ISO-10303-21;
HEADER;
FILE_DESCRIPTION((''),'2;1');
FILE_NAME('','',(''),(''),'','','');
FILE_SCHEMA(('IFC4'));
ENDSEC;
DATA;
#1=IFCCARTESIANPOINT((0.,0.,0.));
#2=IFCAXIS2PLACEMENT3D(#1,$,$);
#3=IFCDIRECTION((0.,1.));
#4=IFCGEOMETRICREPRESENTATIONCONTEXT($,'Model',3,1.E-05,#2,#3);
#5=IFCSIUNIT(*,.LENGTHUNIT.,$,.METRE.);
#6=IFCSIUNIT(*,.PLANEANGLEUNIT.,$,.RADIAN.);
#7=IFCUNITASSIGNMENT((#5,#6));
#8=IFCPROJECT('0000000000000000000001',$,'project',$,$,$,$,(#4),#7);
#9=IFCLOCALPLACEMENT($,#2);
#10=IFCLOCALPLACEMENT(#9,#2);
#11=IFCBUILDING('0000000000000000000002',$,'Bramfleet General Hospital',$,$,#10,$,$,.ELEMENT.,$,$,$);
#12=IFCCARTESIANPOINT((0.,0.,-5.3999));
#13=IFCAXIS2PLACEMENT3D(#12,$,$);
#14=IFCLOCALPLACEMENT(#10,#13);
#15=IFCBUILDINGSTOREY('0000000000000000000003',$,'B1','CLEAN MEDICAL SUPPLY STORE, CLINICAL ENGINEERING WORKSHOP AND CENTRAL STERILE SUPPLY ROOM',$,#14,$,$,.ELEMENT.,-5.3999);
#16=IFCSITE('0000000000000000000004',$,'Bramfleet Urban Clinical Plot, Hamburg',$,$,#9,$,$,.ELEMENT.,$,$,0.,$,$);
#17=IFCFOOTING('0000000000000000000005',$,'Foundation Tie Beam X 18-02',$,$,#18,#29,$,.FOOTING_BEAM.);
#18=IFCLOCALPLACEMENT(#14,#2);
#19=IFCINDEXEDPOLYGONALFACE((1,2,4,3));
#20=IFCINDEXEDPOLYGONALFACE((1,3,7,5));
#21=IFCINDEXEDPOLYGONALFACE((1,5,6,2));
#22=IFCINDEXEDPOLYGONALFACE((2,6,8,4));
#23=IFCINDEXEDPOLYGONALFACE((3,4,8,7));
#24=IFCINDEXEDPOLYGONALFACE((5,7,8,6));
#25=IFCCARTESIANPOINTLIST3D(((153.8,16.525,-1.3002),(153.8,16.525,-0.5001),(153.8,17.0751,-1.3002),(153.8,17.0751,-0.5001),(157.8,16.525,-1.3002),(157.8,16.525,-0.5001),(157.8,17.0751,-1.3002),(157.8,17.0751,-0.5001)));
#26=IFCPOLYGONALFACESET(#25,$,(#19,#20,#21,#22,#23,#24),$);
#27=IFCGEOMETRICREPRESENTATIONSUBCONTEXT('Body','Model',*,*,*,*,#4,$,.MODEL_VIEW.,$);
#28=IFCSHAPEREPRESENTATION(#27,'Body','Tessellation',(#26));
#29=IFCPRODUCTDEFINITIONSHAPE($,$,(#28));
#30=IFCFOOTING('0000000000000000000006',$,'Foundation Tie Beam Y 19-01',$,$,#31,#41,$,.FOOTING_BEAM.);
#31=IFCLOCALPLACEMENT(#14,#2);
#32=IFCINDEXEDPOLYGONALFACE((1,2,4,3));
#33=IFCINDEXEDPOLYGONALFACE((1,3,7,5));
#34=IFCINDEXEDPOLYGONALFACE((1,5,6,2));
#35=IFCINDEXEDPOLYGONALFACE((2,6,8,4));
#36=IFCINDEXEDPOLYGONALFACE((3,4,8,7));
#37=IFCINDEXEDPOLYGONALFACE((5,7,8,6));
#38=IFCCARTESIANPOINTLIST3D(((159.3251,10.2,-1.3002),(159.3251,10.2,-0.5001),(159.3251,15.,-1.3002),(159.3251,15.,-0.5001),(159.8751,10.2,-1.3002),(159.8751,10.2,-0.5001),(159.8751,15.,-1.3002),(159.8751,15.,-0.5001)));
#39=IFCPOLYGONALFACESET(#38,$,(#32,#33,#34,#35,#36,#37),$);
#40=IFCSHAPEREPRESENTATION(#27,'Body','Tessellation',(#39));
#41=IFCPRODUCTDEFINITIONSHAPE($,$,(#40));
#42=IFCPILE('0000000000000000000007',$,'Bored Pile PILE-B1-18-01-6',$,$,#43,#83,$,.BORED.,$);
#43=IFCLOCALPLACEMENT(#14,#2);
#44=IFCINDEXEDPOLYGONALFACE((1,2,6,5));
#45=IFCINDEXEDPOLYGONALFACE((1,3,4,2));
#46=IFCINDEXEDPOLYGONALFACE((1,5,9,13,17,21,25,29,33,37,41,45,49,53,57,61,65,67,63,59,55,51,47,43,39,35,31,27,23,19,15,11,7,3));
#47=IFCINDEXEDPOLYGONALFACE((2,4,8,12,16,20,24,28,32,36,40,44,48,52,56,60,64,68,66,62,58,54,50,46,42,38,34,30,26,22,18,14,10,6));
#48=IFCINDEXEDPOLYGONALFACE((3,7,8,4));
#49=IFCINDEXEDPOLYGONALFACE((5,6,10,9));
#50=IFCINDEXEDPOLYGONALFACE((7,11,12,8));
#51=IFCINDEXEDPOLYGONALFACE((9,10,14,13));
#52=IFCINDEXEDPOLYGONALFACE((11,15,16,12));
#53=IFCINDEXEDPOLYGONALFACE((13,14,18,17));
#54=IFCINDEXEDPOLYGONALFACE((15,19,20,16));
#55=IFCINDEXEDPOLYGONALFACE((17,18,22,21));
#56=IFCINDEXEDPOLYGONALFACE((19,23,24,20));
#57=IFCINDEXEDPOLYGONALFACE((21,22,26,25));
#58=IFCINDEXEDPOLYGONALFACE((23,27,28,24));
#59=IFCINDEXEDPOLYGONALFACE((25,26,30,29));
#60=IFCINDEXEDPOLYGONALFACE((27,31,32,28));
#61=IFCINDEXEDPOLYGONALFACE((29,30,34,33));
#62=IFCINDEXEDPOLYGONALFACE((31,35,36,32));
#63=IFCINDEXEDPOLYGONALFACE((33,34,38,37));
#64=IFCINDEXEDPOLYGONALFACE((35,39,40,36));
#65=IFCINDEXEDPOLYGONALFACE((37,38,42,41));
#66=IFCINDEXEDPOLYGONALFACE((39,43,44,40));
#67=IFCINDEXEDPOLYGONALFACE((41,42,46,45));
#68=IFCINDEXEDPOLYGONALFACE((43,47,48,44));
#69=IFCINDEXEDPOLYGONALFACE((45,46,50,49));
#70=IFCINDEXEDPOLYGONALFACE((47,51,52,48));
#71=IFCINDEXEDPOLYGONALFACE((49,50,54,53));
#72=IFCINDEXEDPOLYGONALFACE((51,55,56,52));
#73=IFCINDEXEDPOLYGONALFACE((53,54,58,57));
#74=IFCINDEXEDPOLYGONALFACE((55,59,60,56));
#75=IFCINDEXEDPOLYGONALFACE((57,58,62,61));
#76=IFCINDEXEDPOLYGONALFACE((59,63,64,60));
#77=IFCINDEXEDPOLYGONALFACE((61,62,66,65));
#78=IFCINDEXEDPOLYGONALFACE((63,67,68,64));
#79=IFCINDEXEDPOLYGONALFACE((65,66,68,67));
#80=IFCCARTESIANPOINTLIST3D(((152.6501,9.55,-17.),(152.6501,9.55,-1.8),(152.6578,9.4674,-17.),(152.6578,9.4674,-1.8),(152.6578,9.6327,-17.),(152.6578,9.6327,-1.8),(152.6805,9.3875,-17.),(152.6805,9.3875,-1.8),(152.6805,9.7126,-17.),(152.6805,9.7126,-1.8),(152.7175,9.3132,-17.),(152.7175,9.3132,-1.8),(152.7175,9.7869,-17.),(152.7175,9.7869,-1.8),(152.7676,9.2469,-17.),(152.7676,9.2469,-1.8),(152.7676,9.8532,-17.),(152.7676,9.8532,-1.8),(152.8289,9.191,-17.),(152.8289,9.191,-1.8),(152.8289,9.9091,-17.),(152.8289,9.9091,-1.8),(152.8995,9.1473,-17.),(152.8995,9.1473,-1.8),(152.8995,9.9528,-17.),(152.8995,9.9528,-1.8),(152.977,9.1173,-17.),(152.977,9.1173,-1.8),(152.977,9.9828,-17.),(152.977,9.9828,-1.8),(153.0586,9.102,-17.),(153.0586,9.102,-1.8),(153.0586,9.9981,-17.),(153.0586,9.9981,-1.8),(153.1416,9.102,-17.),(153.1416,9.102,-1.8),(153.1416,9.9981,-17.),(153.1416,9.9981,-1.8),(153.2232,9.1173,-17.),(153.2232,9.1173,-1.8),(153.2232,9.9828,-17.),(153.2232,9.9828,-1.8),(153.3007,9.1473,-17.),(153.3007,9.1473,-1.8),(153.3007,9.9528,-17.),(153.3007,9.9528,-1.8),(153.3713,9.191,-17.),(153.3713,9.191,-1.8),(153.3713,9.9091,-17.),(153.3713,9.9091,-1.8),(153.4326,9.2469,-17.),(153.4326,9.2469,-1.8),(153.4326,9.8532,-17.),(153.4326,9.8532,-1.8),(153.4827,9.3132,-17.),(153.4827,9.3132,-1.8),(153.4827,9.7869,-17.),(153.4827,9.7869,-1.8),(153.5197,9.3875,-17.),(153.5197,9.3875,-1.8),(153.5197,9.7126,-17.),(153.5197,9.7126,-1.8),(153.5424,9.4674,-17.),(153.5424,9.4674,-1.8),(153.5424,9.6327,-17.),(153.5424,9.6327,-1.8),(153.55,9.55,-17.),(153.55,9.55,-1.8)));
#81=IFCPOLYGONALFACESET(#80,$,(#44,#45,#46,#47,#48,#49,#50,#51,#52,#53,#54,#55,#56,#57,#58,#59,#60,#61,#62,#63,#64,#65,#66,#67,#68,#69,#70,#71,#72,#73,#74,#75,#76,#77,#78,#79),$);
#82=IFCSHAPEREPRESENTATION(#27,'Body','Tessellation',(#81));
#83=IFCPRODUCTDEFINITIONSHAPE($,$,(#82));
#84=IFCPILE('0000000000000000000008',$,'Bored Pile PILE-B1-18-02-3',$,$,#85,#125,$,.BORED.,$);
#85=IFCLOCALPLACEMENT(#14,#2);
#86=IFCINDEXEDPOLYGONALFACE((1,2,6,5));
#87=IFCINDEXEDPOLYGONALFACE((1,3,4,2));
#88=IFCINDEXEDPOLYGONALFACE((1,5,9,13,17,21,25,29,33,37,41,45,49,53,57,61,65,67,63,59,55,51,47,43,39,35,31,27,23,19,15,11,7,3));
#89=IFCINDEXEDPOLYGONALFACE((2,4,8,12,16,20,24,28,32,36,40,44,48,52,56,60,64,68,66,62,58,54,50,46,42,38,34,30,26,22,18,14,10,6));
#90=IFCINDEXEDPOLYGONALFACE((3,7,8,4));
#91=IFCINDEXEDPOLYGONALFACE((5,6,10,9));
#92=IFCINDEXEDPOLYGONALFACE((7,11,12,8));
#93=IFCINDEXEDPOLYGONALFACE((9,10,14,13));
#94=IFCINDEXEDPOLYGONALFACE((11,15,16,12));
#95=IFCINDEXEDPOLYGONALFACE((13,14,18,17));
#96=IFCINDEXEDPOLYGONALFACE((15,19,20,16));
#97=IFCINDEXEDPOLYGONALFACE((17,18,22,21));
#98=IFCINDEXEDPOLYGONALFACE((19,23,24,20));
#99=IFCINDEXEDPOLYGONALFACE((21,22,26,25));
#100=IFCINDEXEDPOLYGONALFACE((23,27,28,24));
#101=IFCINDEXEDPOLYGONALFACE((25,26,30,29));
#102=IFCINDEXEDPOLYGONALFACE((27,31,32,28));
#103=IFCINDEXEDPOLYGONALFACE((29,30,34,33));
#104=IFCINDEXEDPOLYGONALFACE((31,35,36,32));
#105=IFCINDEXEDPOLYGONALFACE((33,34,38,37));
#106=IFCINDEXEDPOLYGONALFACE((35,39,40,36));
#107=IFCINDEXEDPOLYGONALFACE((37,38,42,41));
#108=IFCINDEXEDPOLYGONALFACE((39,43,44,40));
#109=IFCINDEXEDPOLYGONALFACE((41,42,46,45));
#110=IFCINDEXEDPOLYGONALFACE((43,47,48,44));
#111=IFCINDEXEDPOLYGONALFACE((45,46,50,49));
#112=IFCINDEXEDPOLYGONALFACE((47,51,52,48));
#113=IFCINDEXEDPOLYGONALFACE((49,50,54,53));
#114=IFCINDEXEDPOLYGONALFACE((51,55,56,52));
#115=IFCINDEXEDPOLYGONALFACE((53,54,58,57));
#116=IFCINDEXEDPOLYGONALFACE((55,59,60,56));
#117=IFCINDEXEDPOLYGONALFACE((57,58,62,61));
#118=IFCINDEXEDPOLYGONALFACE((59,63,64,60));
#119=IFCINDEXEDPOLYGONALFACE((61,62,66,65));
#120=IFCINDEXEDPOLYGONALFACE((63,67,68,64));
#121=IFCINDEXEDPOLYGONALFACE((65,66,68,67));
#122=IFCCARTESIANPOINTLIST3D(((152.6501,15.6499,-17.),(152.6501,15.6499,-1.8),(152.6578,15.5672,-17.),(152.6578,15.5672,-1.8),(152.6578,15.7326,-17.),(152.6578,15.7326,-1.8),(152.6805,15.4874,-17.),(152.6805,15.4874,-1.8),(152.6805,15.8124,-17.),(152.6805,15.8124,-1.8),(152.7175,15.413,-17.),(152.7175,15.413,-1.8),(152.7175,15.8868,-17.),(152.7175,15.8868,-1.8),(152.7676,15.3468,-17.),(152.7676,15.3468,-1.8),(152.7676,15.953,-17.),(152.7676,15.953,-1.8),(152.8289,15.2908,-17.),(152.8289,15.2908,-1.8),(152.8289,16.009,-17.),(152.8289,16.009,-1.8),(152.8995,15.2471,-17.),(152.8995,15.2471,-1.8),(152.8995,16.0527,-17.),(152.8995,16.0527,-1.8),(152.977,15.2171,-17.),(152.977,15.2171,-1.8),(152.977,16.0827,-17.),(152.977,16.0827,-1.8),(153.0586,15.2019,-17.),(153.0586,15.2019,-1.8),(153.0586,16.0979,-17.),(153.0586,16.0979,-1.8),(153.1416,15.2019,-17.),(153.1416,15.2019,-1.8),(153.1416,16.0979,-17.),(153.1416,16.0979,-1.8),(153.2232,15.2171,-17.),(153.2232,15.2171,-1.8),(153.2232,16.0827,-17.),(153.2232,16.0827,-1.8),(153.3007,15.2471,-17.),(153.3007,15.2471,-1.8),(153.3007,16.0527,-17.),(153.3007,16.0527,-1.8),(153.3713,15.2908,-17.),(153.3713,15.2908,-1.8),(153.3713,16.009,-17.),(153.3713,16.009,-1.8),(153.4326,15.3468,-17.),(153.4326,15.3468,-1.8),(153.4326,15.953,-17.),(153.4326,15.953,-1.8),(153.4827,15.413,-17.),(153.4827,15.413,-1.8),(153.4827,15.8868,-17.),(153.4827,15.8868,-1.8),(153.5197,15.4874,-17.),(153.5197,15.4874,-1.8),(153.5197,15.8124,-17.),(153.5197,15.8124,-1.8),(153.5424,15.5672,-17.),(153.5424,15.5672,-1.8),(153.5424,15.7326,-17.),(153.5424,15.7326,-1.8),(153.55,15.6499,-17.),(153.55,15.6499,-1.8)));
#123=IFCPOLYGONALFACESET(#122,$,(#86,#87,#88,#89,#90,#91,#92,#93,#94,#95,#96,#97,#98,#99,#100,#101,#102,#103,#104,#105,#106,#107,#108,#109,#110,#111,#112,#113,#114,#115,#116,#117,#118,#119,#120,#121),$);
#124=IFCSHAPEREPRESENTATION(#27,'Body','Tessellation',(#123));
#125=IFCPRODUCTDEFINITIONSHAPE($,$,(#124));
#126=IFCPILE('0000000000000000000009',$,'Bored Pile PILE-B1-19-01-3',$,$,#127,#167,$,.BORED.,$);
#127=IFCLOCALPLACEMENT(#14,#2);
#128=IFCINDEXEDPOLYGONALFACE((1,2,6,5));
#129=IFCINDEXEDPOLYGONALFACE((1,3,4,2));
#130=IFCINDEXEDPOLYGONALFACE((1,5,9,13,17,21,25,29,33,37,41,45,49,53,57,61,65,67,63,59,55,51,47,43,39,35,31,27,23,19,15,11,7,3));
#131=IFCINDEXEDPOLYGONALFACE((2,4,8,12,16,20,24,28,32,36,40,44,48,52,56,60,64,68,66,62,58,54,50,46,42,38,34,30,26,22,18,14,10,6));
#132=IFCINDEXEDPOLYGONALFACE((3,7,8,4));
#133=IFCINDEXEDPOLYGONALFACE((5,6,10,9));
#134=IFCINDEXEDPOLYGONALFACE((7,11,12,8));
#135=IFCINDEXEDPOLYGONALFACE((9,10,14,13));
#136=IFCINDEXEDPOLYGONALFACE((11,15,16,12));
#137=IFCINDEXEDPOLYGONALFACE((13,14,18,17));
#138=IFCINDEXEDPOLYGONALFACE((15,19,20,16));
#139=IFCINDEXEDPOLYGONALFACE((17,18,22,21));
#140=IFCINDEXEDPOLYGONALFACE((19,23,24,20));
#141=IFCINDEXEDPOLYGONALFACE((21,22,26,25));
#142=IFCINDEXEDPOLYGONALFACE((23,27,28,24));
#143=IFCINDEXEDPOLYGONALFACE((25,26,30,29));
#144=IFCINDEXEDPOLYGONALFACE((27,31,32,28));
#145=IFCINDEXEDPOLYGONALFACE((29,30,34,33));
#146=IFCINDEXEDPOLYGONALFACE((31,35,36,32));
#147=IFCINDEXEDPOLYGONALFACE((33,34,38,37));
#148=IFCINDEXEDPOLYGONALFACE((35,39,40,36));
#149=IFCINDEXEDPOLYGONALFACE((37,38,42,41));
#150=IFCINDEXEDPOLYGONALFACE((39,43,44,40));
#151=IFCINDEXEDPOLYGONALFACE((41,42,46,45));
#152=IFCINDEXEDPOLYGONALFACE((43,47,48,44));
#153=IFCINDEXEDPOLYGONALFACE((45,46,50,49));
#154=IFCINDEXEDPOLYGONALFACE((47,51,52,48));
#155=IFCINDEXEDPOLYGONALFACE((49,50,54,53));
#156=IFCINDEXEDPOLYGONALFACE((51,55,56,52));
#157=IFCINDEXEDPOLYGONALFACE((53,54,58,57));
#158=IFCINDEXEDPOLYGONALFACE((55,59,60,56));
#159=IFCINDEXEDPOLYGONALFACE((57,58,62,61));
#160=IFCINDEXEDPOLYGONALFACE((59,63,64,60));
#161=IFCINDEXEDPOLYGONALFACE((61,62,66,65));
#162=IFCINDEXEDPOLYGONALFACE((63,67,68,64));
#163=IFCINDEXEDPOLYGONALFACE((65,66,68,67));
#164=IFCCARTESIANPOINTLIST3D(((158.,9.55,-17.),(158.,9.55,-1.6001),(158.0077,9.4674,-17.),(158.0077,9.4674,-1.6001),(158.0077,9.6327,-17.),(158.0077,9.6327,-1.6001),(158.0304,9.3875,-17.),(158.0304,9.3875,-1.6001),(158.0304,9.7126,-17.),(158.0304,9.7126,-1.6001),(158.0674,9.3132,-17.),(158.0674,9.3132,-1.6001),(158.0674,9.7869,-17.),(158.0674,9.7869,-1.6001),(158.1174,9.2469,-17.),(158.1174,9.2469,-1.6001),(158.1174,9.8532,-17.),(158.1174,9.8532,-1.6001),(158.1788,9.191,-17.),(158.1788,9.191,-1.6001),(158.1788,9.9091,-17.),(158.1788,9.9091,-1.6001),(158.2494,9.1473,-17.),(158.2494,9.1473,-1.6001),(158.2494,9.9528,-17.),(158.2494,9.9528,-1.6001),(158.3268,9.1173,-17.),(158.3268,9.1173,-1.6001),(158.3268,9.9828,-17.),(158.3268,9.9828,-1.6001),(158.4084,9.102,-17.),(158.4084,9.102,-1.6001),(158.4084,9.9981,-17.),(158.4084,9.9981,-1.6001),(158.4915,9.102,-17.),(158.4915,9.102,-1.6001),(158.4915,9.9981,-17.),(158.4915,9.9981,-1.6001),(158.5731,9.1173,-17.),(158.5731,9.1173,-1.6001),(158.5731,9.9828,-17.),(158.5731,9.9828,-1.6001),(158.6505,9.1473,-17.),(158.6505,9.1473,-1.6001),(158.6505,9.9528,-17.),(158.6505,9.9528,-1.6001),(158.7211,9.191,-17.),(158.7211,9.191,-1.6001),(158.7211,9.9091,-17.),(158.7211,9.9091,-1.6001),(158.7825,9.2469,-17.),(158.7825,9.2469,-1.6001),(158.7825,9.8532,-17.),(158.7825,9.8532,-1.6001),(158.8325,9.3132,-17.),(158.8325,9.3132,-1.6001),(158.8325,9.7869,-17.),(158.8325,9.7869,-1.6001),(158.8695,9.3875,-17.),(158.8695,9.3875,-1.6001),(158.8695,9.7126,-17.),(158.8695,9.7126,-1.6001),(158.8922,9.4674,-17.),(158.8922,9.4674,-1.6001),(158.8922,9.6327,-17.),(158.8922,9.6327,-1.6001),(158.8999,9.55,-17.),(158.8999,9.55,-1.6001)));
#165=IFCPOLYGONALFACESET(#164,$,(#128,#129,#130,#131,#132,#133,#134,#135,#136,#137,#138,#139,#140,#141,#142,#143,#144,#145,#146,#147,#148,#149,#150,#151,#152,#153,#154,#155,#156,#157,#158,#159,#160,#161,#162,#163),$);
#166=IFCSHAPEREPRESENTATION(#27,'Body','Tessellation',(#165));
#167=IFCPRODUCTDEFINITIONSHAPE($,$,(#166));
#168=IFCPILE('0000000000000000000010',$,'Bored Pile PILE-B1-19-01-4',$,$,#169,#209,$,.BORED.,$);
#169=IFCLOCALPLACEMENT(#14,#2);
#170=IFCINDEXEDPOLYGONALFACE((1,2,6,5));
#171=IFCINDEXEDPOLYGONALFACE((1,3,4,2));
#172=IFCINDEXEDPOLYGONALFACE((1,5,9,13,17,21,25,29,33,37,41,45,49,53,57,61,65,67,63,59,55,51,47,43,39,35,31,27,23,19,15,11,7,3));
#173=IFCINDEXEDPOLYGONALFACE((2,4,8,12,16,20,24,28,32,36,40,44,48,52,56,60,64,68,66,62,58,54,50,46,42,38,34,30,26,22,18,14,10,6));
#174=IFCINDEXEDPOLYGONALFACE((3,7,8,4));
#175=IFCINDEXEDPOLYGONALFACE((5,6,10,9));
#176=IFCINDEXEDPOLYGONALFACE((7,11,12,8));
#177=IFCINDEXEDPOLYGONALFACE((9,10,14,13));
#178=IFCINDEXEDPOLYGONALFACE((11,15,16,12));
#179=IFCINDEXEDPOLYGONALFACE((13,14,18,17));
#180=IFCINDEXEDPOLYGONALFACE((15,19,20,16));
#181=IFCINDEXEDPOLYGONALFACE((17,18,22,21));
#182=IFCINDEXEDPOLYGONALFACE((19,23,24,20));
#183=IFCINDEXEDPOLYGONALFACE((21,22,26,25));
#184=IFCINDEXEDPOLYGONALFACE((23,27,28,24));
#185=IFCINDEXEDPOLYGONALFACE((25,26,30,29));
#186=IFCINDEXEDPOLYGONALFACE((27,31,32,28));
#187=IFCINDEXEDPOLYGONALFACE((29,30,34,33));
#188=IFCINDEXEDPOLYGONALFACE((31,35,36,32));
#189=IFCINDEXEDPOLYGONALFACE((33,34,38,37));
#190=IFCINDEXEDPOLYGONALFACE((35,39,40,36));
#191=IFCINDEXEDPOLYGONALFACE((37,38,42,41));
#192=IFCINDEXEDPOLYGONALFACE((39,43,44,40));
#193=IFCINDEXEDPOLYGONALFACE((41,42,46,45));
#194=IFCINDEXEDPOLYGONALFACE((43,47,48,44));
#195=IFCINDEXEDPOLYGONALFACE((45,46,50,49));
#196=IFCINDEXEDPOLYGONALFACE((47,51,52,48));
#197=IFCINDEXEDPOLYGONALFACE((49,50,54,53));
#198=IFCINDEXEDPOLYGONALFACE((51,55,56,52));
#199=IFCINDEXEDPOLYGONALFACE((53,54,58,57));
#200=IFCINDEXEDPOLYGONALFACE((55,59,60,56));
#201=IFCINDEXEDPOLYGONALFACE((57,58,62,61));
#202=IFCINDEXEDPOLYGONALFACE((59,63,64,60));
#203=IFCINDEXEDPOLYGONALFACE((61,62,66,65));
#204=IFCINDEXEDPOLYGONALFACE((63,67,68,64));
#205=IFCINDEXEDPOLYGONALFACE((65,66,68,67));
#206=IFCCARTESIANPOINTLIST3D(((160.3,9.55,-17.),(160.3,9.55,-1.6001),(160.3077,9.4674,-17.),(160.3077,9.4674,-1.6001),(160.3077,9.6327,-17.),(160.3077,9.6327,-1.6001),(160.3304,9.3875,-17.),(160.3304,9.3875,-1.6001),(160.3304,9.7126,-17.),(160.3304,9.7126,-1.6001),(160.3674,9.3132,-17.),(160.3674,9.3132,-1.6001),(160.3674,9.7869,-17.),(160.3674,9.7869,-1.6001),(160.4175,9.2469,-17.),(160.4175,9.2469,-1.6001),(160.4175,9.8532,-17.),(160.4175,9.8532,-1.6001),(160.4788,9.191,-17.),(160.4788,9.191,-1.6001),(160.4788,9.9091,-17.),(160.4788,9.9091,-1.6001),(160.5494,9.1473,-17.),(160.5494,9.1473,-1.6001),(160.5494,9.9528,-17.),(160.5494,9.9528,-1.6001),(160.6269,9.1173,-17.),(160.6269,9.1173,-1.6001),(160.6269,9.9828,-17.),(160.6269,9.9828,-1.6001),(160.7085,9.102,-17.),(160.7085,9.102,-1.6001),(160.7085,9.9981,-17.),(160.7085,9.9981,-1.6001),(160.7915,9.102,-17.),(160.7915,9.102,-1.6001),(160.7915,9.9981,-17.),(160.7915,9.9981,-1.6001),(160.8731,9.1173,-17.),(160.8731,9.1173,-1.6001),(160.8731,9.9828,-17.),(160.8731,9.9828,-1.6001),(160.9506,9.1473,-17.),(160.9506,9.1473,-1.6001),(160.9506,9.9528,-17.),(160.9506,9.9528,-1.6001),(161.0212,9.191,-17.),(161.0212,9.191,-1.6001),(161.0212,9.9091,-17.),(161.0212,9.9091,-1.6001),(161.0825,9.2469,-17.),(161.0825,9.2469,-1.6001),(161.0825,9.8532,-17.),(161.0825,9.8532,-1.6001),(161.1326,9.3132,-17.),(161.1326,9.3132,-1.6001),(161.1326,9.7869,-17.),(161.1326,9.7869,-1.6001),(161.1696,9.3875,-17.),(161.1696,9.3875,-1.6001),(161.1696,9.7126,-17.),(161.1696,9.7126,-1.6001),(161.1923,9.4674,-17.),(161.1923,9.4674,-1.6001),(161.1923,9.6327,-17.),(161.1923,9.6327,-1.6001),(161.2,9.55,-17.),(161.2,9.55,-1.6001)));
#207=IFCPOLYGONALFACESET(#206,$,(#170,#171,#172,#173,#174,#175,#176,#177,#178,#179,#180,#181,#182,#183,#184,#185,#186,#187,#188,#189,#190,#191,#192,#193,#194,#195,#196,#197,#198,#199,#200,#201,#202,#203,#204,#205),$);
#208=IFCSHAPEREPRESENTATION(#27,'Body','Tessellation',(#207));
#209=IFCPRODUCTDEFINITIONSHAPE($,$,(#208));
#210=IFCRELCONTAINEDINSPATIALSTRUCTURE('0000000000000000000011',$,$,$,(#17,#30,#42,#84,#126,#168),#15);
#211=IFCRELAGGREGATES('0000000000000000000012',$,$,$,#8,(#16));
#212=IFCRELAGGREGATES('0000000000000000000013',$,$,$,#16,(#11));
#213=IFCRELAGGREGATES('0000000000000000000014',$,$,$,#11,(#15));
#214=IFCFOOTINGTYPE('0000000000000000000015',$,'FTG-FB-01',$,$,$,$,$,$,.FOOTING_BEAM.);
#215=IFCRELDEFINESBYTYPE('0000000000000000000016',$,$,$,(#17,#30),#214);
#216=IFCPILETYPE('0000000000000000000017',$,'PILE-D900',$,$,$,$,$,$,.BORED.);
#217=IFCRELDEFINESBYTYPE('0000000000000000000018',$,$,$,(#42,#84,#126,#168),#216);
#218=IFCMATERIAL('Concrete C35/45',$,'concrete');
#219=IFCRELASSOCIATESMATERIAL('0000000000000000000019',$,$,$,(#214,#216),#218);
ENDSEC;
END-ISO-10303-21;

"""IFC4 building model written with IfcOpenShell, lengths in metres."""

from ifc_helpers import new_model, si_unit, direction, frame, origin, origin_2d, place, context, subcontext, project, spatial, rectangle, circle, extrude, material, material_profile, profile_set, type_object, element, save


model = new_model("IFC4")

# Units and contexts
model_context = context("Model", 3, precision=1e-05, world=origin(), true_north=direction((0.0, 1.0)))
body_context = subcontext(model_context, "Body", "Model", "MODEL_VIEW")
ifc_project = project(units=[si_unit("LENGTHUNIT", "METRE"), si_unit("PLANEANGLEUNIT", "RADIAN")], contexts=[model_context])

# Site, building, storey
site_placement = place(None, origin())
site = spatial("IfcSite", under=ifc_project, at=site_placement, Name="Bramfleet Urban Clinical Plot, Hamburg", CompositionType="ELEMENT", RefElevation=0.0)
building_placement = place(site_placement, origin())
building = spatial("IfcBuilding", under=site, at=building_placement, Name="Bramfleet General Hospital", CompositionType="ELEMENT")
storey_placement = place(building_placement, frame((0.0, 0.0, -5.3999)))
storey = spatial("IfcBuildingStorey", under=building, at=storey_placement, Name="B1", Description="CLEAN MEDICAL SUPPLY STORE, CLINICAL ENGINEERING WORKSHOP AND CENTRAL STERILE SUPPLY ROOM", CompositionType="ELEMENT", Elevation=-5.3999)

# Footings
ifc_material_1 = material(Name="Concrete C35/45", Category="concrete")
ifc_material_profile_1 = material_profile(ifc_material_1, rectangle(XDim=0.55, YDim=0.8, at=origin_2d()), Name="RC FB 800x550")
ifc_profile_set_1 = profile_set([ifc_material_profile_1], Name="Concrete C35/45")
footing_type = type_object("IfcFootingType", Name="FTG-FB-01", PredefinedType="FOOTING_BEAM", material=ifc_profile_set_1)
footing_1_placement = place(storey_placement, frame((153.8, 16.8, -0.9001), z_axis=(1.0, 0.0, 0.0), x_axis=(0.0, 1.0, 0.0)))
element("IfcFooting", 1, at=footing_1_placement, inside=storey, type_object=footing_type, Name="Foundation Tie Beam X 18-02", PredefinedType="FOOTING_BEAM", context=body_context, shape_type="SweptSolid", body=[
    extrude(rectangle(XDim=0.55, YDim=0.8, at=origin_2d()), origin(), (0.0, 0.0, 1.0), 4.0),
])
footing_2_placement = place(storey_placement, frame((159.6001, 10.2, -0.9001), z_axis=(0.0, 1.0, 0.0), x_axis=(-1.0, 0.0, 0.0)))
element("IfcFooting", 2, at=footing_2_placement, inside=storey, type_object=footing_type, Name="Foundation Tie Beam Y 19-01", PredefinedType="FOOTING_BEAM", context=body_context, shape_type="SweptSolid", body=[
    extrude(rectangle(XDim=0.55, YDim=0.8, at=origin_2d()), origin(), (0.0, 0.0, 1.0), 4.8),
])

# Piles
ifc_material_profile_2 = material_profile(ifc_material_1, circle(Radius=0.45, at=origin_2d()), Name="PILE BORED D900")
ifc_profile_set_2 = profile_set([ifc_material_profile_2], Name="Concrete C35/45")
pile_type = type_object("IfcPileType", Name="PILE-D900", PredefinedType="BORED", material=ifc_profile_set_2)
for number, where, z_axis, x_axis, name in (
    (3, (153.1001, 9.55, -1.8), (0.0, 0.0, -1.0), (1.0, 0.0, 0.0), "Bored Pile PILE-B1-18-01-6"),
    (4, (153.1001, 15.6499, -1.8), (0.0, 0.0, -1.0), (1.0, 0.0, 0.0), "Bored Pile PILE-B1-18-02-3"),
):
    element("IfcPile", number, at=place(storey_placement, frame(where, z_axis=z_axis, x_axis=x_axis)), inside=storey, type_object=pile_type, Name=name, PredefinedType="BORED", context=body_context, shape_type="SweptSolid", body=[
        extrude(circle(Radius=0.45, at=origin_2d()), origin(), (0.0, 0.0, 1.0), 15.2),
    ])
for number, where, z_axis, x_axis, name in (
    (5, (158.45, 9.55, -1.6001), (0.0, 0.0, -1.0), (1.0, 0.0, 0.0), "Bored Pile PILE-B1-19-01-3"),
    (6, (160.75, 9.55, -1.6001), (0.0, 0.0, -1.0), (1.0, 0.0, 0.0), "Bored Pile PILE-B1-19-01-4"),
):
    element("IfcPile", number, at=place(storey_placement, frame(where, z_axis=z_axis, x_axis=x_axis)), inside=storey, type_object=pile_type, Name=name, PredefinedType="BORED", context=body_context, shape_type="SweptSolid", body=[
        extrude(circle(Radius=0.45, at=origin_2d()), origin(), (0.0, 0.0, 1.0), 15.3999),
    ])

save(model, "model.ifc")
